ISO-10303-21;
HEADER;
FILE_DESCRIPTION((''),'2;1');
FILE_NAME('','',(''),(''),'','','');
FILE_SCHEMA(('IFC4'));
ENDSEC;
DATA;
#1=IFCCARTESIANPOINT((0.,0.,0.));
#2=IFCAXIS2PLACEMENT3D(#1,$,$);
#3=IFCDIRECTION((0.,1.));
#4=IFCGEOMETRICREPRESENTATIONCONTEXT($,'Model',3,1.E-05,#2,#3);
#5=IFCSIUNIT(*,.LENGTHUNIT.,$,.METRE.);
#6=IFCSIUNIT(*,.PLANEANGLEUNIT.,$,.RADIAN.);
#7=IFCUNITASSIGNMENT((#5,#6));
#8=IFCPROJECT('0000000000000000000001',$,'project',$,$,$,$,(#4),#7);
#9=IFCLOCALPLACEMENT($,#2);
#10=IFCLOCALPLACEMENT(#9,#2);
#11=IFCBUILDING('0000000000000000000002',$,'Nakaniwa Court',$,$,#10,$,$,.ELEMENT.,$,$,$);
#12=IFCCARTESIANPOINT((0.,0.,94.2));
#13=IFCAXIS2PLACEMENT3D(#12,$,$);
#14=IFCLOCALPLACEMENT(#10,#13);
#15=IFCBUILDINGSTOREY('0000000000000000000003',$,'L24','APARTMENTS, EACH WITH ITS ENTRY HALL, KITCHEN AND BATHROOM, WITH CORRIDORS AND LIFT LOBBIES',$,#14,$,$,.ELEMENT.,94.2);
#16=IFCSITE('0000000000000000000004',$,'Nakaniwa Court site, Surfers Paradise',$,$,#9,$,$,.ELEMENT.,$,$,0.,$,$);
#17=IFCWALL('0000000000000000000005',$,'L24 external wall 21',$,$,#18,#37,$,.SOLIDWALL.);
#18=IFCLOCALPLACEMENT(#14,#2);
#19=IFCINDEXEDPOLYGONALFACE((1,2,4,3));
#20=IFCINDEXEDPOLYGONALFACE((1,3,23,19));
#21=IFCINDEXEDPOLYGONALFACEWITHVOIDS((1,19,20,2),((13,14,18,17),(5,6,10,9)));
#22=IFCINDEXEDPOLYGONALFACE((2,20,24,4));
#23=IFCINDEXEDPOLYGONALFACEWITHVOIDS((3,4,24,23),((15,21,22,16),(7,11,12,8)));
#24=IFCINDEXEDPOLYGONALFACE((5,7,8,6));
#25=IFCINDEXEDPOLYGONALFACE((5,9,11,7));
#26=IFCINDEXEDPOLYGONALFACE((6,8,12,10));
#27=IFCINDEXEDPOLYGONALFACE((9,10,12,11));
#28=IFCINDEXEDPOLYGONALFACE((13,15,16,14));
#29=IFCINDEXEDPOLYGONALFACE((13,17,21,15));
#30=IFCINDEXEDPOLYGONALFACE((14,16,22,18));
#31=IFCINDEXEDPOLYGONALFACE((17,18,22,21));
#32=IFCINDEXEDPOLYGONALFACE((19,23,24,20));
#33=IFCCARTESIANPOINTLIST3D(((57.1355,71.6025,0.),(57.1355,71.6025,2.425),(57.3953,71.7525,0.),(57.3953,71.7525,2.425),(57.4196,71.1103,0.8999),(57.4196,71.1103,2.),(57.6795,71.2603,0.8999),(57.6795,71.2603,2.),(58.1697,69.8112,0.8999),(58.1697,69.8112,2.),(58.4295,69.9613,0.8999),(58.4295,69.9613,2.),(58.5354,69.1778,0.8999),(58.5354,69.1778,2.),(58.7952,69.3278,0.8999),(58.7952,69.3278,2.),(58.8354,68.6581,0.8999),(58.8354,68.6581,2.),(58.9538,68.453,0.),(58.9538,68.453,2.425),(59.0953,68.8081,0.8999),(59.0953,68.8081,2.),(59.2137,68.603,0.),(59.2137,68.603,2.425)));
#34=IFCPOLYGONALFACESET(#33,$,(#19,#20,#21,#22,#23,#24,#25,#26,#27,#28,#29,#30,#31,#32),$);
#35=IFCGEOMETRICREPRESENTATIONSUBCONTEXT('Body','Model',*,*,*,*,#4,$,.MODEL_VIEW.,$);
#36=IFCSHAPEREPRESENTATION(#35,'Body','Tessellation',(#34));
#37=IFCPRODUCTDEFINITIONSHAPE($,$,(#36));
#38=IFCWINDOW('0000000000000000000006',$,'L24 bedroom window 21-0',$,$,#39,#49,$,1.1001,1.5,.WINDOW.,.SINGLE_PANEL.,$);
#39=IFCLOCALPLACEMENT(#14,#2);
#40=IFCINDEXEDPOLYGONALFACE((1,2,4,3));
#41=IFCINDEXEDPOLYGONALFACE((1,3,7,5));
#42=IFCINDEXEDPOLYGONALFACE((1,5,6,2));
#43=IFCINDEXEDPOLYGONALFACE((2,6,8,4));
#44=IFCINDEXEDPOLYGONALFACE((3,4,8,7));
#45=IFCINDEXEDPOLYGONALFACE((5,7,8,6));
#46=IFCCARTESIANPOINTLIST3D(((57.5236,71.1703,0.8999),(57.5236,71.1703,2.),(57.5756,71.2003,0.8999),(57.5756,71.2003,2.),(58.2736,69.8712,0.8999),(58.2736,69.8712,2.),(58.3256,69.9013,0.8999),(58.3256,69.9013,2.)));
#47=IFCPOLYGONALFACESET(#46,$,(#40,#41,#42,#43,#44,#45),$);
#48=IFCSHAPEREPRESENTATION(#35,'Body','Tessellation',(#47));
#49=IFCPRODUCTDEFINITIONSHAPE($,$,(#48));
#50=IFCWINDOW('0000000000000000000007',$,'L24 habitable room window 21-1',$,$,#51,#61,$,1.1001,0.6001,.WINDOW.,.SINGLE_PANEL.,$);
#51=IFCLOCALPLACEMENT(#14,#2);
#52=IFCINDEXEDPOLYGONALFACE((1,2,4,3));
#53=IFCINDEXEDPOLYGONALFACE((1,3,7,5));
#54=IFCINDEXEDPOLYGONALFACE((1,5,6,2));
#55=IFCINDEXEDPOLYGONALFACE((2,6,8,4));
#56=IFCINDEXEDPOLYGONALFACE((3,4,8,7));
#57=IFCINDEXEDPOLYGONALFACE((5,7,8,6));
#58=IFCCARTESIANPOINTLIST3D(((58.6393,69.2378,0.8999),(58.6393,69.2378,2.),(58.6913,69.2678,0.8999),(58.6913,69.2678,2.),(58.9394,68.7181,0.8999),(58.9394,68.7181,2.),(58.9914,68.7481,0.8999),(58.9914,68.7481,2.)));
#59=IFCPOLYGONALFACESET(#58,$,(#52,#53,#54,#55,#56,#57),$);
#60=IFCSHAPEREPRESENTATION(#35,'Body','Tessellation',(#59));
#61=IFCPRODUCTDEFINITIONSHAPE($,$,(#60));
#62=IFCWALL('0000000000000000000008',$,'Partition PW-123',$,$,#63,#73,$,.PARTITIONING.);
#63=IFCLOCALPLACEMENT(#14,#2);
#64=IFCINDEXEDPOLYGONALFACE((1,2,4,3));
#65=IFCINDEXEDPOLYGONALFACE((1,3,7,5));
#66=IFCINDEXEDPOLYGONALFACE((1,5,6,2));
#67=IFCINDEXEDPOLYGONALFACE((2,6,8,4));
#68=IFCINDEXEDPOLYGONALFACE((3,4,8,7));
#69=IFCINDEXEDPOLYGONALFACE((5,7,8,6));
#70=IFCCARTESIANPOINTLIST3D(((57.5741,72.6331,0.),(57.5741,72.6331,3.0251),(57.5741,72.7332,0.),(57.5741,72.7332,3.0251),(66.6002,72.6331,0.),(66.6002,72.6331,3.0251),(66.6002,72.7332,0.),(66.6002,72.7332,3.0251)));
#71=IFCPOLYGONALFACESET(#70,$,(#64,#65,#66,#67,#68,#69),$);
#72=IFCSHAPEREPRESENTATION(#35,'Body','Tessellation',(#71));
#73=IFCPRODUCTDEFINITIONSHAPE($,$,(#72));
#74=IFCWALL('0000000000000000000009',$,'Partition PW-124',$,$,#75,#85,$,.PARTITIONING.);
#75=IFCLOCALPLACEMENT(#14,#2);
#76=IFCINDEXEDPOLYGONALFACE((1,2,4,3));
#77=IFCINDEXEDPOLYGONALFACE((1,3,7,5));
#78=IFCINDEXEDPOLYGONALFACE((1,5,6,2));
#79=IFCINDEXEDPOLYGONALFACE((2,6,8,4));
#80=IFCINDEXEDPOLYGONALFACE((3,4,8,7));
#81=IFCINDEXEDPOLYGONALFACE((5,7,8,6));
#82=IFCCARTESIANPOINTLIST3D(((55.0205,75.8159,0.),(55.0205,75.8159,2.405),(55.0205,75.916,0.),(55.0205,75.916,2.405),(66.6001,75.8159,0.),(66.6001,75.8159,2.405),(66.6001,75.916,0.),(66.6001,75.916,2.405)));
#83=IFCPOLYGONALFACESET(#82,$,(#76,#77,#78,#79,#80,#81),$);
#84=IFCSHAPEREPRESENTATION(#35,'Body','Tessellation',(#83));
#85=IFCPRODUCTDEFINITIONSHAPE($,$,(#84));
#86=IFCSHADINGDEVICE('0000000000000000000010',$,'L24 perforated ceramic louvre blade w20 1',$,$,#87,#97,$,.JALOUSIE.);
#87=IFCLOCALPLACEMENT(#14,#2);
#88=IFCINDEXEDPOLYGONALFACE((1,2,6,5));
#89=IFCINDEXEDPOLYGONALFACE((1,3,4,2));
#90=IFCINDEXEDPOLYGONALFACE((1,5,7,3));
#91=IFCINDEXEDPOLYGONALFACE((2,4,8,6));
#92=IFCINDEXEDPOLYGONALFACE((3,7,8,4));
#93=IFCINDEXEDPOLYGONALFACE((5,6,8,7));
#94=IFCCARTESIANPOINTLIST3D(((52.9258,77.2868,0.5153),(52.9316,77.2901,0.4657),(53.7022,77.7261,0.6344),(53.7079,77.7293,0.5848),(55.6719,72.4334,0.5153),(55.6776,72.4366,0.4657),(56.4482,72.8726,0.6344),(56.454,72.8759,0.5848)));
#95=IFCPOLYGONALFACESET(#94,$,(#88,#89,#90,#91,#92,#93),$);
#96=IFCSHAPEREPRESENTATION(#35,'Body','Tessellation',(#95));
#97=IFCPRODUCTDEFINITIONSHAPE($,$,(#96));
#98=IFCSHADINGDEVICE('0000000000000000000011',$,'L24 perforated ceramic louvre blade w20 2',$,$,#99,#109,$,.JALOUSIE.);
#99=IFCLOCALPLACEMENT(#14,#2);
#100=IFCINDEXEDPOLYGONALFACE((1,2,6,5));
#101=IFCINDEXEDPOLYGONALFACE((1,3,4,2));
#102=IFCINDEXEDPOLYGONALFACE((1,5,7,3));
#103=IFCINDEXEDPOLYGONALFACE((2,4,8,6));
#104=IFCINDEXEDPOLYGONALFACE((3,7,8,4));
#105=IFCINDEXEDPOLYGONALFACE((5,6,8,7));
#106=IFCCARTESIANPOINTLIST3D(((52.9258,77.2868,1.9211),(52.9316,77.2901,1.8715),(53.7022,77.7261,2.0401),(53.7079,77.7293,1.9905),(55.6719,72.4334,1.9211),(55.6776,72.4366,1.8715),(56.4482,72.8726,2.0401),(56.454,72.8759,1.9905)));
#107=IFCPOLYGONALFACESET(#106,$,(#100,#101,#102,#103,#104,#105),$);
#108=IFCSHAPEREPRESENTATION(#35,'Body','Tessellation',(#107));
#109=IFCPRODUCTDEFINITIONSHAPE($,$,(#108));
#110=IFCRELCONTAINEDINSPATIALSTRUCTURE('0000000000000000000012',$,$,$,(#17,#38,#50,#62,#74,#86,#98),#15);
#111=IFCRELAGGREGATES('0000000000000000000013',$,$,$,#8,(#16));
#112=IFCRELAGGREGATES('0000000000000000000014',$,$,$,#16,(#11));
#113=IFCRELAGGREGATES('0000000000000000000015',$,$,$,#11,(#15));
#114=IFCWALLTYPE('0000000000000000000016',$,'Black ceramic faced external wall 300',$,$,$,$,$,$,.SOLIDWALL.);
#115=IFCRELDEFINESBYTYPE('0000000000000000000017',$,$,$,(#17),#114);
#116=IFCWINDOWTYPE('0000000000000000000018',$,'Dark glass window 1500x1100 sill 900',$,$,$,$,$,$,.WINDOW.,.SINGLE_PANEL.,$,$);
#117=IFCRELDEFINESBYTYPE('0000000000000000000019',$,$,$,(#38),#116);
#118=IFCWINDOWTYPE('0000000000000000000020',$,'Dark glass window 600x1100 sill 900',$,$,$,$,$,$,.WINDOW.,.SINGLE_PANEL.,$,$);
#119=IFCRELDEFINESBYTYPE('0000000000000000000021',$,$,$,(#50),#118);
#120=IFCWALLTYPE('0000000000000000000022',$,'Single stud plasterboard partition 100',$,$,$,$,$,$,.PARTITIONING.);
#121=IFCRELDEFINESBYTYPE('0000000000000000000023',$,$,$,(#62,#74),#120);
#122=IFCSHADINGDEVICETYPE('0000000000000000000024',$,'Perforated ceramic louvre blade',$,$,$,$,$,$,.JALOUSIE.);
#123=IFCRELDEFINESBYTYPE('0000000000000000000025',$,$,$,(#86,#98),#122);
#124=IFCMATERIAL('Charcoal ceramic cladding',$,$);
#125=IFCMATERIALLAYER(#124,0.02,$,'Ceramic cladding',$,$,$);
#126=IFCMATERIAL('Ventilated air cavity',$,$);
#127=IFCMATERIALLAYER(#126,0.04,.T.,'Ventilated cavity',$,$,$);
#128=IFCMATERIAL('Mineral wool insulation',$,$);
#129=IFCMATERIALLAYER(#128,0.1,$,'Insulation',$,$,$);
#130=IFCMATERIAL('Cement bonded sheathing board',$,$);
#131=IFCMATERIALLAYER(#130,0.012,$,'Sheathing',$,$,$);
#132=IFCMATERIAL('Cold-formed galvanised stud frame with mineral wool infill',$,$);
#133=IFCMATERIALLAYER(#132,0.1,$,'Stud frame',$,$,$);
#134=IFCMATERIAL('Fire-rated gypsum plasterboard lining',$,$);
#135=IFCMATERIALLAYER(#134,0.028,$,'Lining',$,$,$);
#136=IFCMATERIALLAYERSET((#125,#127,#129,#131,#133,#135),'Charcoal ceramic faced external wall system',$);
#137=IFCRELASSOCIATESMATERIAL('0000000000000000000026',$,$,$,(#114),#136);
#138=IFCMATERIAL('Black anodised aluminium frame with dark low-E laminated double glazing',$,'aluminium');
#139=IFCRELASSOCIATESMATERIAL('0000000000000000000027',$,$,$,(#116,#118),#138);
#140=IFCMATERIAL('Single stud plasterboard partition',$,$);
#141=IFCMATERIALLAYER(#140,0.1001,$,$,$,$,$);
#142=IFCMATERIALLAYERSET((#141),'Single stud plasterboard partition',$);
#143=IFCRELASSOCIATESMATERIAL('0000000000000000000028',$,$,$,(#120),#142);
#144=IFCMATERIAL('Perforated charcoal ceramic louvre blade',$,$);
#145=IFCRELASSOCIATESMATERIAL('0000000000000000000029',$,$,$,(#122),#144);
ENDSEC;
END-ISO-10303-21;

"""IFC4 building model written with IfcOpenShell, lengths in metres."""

from ifc_helpers import new_model, si_unit, direction, frame, frame_2d, origin, origin_2d, place, context, subcontext, project, spatial, rectangle, extrude, material, layer, layer_set, material_profile, profile_set, type_object, element, fill, save


model = new_model("IFC4")

# Units and contexts
model_context = context("Model", 3, precision=1e-05, world=origin(), true_north=direction((0.0, 1.0)))
body_context = subcontext(model_context, "Body", "Model", "MODEL_VIEW")
ifc_project = project(units=[si_unit("LENGTHUNIT", "METRE"), si_unit("PLANEANGLEUNIT", "RADIAN")], contexts=[model_context])

# Site, building, storey
site_placement = place(None, origin())
site = spatial("IfcSite", under=ifc_project, at=site_placement, Name="Nakaniwa Court site, Surfers Paradise", CompositionType="ELEMENT", RefElevation=0.0)
building_placement = place(site_placement, origin())
building = spatial("IfcBuilding", under=site, at=building_placement, Name="Nakaniwa Court", CompositionType="ELEMENT")
storey_placement = place(building_placement, frame((0.0, 0.0, 94.2)))
storey = spatial("IfcBuildingStorey", under=building, at=storey_placement, Name="L24", Description="APARTMENTS, EACH WITH ITS ENTRY HALL, KITCHEN AND BATHROOM, WITH CORRIDORS AND LIFT LOBBIES", CompositionType="ELEMENT", Elevation=94.2)

# Shared definitions
ifc_material_1 = material(Name="Charcoal ceramic cladding")
ifc_layer_1 = layer(ifc_material_1, 0.02, Name="Ceramic cladding")
ifc_material_2 = material(Name="Ventilated air cavity")
ifc_layer_2 = layer(ifc_material_2, 0.04, ventilated=True, Name="Ventilated cavity")
ifc_material_3 = material(Name="Mineral wool insulation")
ifc_layer_3 = layer(ifc_material_3, 0.1, Name="Insulation")
ifc_material_4 = material(Name="Cement bonded sheathing board")
ifc_layer_4 = layer(ifc_material_4, 0.012, Name="Sheathing")
ifc_material_5 = material(Name="Cold-formed galvanised stud frame with mineral wool infill")
ifc_layer_5 = layer(ifc_material_5, 0.1, Name="Stud frame")
ifc_material_6 = material(Name="Fire-rated gypsum plasterboard lining")
ifc_layer_6 = layer(ifc_material_6, 0.028, Name="Lining")
ifc_layer_set_1 = layer_set([ifc_layer_1, ifc_layer_2, ifc_layer_3, ifc_layer_4, ifc_layer_5, ifc_layer_6], Name="Charcoal ceramic faced external wall system")
wall_type_1 = type_object("IfcWallType", Name="Black ceramic faced external wall 300", PredefinedType="SOLIDWALL", material=ifc_layer_set_1)
ifc_material_7 = material(Name="Black anodised aluminium frame with dark low-E laminated double glazing", Category="aluminium")
window_type_1 = type_object("IfcWindowType", Name="Dark glass window 1500x1100 sill 900", PartitioningType="SINGLE_PANEL", PredefinedType="WINDOW", material=ifc_material_7)

# Wall, openings, windows
wall_1_placement = place(storey_placement, frame((57.2654, 71.6775, 0.0), z_axis=(0.0, 0.0, 1.0), x_axis=(0.500009, -0.86602, 0.0)))
wall_1 = element("IfcWall", 1, at=wall_1_placement, inside=storey, type_object=wall_type_1, Name="L24 external wall 21", PredefinedType="SOLIDWALL", context=body_context, shape_type="SweptSolid", body=[
    extrude(rectangle(XDim=3.6367, YDim=0.3, at=frame_2d((1.8184, 0.0))), origin(), (0.0, 0.0, 1.0), 2.425),
])
opening_1_placement = place(wall_1_placement, frame((0.5684, 0.0, 0.8999)))
opening_1 = element("IfcOpeningElement", 2, at=opening_1_placement, cuts=wall_1, PredefinedType="OPENING", context=body_context, shape_type="SweptSolid", body=[
    extrude(rectangle(XDim=1.5, YDim=1.1001, at=frame_2d((0.75, 0.55))), frame((0.0, 0.1599, 0.0), z_axis=(0.0, -1.0, 0.0), x_axis=(1.0, 0.0, 0.0)), (0.0, 0.0, 1.0), 0.3201),
])
opening_2_placement = place(wall_1_placement, frame((2.7998, 0.0, 0.8999)))
opening_2 = element("IfcOpeningElement", 3, at=opening_2_placement, cuts=wall_1, PredefinedType="OPENING", context=body_context, shape_type="SweptSolid", body=[
    extrude(rectangle(XDim=0.6001, YDim=1.1001, at=frame_2d((0.3, 0.55))), frame((0.0, 0.1599, 0.0), z_axis=(0.0, -1.0, 0.0), x_axis=(1.0, 0.0, 0.0)), (0.0, 0.0, 1.0), 0.3201),
])
window_1_placement = place(opening_1_placement, origin())
window_1 = element("IfcWindow", 4, at=window_1_placement, inside=storey, type_object=window_type_1, Name="L24 bedroom window 21-0", OverallHeight=1.1001, OverallWidth=1.5, PartitioningType="SINGLE_PANEL", PredefinedType="WINDOW", context=body_context, shape_type="SweptSolid", body=[
    extrude(rectangle(XDim=1.5, YDim=1.1001, at=frame_2d((0.75, 0.55))), frame((0.0, 0.03, 0.0), z_axis=(0.0, -1.0, 0.0), x_axis=(1.0, 0.0, 0.0)), (0.0, 0.0, 1.0), 0.0601),
])
fill(opening_1, window_1)
window_type_2 = type_object("IfcWindowType", Name="Dark glass window 600x1100 sill 900", PartitioningType="SINGLE_PANEL", PredefinedType="WINDOW", material=ifc_material_7)
window_2_placement = place(opening_2_placement, origin())
window_2 = element("IfcWindow", 5, at=window_2_placement, inside=storey, type_object=window_type_2, Name="L24 habitable room window 21-1", OverallHeight=1.1001, OverallWidth=0.6001, PartitioningType="SINGLE_PANEL", PredefinedType="WINDOW", context=body_context, shape_type="SweptSolid", body=[
    extrude(rectangle(XDim=0.6001, YDim=1.1001, at=frame_2d((0.3, 0.55))), frame((0.0, 0.03, 0.0), z_axis=(0.0, -1.0, 0.0), x_axis=(1.0, 0.0, 0.0)), (0.0, 0.0, 1.0), 0.0601),
])
fill(opening_2, window_2)

# Walls
ifc_material_8 = material(Name="Single stud plasterboard partition")
ifc_layer_7 = layer(ifc_material_8, 0.1001)
ifc_layer_set_2 = layer_set([ifc_layer_7], Name="Single stud plasterboard partition")
wall_type_2 = type_object("IfcWallType", Name="Single stud plasterboard partition 100", PredefinedType="PARTITIONING", material=ifc_layer_set_2)
wall_2_placement = place(storey_placement, frame((57.574, 72.6831, 0.0), z_axis=(0.0, 0.0, 1.0), x_axis=(1.0, 0.0, 0.0)))
element("IfcWall", 6, at=wall_2_placement, inside=storey, type_object=wall_type_2, Name="Partition PW-123", PredefinedType="PARTITIONING", context=body_context, shape_type="SweptSolid", body=[
    extrude(rectangle(XDim=9.0261, YDim=0.1001, at=frame_2d((4.5132, 0.0))), origin(), (0.0, 0.0, 1.0), 3.0251),
])
wall_3_placement = place(storey_placement, frame((55.0205, 75.866, 0.0), z_axis=(0.0, 0.0, 1.0), x_axis=(1.0, 0.0, 0.0)))
element("IfcWall", 7, at=wall_3_placement, inside=storey, type_object=wall_type_2, Name="Partition PW-124", PredefinedType="PARTITIONING", context=body_context, shape_type="SweptSolid", body=[
    extrude(rectangle(XDim=11.5796, YDim=0.1001, at=frame_2d((5.7898, 0.0))), origin(), (0.0, 0.0, 1.0), 2.405),
])

# Shading devices
ifc_material_9 = material(Name="Perforated charcoal ceramic louvre blade")
ifc_material_profile_1 = material_profile(ifc_material_9, rectangle(XDim=0.8999, YDim=0.05, at=origin_2d()), Name="Perforated ceramic louvre blade")
ifc_profile_set_1 = profile_set([ifc_material_profile_1], Name="Perforated charcoal ceramic louvre blade")
shading_device_type = type_object("IfcShadingDeviceType", Name="Perforated ceramic louvre blade", PredefinedType="JALOUSIE", material=ifc_profile_set_1)
for number, where, z_axis, x_axis, name in (
    (8, (53.3169, 77.5081, 0.55), (0.492438, -0.870347, 0.0), (0.862702, 0.488112, 0.132256), "L24 perforated ceramic louvre blade w20 1"),
    (9, (53.3169, 77.5081, 1.9558), (0.492438, -0.870347, 0.0), (0.862702, 0.488112, 0.132256), "L24 perforated ceramic louvre blade w20 2"),
):
    element("IfcShadingDevice", number, at=place(storey_placement, frame(where, z_axis=z_axis, x_axis=x_axis)), inside=storey, type_object=shading_device_type, Name=name, PredefinedType="JALOUSIE", context=body_context, shape_type="SweptSolid", body=[
        extrude(rectangle(XDim=0.8999, YDim=0.05, at=origin_2d()), origin(), (0.0, 0.0, 1.0), 5.5764),
    ])

save(model, "model.ifc")
